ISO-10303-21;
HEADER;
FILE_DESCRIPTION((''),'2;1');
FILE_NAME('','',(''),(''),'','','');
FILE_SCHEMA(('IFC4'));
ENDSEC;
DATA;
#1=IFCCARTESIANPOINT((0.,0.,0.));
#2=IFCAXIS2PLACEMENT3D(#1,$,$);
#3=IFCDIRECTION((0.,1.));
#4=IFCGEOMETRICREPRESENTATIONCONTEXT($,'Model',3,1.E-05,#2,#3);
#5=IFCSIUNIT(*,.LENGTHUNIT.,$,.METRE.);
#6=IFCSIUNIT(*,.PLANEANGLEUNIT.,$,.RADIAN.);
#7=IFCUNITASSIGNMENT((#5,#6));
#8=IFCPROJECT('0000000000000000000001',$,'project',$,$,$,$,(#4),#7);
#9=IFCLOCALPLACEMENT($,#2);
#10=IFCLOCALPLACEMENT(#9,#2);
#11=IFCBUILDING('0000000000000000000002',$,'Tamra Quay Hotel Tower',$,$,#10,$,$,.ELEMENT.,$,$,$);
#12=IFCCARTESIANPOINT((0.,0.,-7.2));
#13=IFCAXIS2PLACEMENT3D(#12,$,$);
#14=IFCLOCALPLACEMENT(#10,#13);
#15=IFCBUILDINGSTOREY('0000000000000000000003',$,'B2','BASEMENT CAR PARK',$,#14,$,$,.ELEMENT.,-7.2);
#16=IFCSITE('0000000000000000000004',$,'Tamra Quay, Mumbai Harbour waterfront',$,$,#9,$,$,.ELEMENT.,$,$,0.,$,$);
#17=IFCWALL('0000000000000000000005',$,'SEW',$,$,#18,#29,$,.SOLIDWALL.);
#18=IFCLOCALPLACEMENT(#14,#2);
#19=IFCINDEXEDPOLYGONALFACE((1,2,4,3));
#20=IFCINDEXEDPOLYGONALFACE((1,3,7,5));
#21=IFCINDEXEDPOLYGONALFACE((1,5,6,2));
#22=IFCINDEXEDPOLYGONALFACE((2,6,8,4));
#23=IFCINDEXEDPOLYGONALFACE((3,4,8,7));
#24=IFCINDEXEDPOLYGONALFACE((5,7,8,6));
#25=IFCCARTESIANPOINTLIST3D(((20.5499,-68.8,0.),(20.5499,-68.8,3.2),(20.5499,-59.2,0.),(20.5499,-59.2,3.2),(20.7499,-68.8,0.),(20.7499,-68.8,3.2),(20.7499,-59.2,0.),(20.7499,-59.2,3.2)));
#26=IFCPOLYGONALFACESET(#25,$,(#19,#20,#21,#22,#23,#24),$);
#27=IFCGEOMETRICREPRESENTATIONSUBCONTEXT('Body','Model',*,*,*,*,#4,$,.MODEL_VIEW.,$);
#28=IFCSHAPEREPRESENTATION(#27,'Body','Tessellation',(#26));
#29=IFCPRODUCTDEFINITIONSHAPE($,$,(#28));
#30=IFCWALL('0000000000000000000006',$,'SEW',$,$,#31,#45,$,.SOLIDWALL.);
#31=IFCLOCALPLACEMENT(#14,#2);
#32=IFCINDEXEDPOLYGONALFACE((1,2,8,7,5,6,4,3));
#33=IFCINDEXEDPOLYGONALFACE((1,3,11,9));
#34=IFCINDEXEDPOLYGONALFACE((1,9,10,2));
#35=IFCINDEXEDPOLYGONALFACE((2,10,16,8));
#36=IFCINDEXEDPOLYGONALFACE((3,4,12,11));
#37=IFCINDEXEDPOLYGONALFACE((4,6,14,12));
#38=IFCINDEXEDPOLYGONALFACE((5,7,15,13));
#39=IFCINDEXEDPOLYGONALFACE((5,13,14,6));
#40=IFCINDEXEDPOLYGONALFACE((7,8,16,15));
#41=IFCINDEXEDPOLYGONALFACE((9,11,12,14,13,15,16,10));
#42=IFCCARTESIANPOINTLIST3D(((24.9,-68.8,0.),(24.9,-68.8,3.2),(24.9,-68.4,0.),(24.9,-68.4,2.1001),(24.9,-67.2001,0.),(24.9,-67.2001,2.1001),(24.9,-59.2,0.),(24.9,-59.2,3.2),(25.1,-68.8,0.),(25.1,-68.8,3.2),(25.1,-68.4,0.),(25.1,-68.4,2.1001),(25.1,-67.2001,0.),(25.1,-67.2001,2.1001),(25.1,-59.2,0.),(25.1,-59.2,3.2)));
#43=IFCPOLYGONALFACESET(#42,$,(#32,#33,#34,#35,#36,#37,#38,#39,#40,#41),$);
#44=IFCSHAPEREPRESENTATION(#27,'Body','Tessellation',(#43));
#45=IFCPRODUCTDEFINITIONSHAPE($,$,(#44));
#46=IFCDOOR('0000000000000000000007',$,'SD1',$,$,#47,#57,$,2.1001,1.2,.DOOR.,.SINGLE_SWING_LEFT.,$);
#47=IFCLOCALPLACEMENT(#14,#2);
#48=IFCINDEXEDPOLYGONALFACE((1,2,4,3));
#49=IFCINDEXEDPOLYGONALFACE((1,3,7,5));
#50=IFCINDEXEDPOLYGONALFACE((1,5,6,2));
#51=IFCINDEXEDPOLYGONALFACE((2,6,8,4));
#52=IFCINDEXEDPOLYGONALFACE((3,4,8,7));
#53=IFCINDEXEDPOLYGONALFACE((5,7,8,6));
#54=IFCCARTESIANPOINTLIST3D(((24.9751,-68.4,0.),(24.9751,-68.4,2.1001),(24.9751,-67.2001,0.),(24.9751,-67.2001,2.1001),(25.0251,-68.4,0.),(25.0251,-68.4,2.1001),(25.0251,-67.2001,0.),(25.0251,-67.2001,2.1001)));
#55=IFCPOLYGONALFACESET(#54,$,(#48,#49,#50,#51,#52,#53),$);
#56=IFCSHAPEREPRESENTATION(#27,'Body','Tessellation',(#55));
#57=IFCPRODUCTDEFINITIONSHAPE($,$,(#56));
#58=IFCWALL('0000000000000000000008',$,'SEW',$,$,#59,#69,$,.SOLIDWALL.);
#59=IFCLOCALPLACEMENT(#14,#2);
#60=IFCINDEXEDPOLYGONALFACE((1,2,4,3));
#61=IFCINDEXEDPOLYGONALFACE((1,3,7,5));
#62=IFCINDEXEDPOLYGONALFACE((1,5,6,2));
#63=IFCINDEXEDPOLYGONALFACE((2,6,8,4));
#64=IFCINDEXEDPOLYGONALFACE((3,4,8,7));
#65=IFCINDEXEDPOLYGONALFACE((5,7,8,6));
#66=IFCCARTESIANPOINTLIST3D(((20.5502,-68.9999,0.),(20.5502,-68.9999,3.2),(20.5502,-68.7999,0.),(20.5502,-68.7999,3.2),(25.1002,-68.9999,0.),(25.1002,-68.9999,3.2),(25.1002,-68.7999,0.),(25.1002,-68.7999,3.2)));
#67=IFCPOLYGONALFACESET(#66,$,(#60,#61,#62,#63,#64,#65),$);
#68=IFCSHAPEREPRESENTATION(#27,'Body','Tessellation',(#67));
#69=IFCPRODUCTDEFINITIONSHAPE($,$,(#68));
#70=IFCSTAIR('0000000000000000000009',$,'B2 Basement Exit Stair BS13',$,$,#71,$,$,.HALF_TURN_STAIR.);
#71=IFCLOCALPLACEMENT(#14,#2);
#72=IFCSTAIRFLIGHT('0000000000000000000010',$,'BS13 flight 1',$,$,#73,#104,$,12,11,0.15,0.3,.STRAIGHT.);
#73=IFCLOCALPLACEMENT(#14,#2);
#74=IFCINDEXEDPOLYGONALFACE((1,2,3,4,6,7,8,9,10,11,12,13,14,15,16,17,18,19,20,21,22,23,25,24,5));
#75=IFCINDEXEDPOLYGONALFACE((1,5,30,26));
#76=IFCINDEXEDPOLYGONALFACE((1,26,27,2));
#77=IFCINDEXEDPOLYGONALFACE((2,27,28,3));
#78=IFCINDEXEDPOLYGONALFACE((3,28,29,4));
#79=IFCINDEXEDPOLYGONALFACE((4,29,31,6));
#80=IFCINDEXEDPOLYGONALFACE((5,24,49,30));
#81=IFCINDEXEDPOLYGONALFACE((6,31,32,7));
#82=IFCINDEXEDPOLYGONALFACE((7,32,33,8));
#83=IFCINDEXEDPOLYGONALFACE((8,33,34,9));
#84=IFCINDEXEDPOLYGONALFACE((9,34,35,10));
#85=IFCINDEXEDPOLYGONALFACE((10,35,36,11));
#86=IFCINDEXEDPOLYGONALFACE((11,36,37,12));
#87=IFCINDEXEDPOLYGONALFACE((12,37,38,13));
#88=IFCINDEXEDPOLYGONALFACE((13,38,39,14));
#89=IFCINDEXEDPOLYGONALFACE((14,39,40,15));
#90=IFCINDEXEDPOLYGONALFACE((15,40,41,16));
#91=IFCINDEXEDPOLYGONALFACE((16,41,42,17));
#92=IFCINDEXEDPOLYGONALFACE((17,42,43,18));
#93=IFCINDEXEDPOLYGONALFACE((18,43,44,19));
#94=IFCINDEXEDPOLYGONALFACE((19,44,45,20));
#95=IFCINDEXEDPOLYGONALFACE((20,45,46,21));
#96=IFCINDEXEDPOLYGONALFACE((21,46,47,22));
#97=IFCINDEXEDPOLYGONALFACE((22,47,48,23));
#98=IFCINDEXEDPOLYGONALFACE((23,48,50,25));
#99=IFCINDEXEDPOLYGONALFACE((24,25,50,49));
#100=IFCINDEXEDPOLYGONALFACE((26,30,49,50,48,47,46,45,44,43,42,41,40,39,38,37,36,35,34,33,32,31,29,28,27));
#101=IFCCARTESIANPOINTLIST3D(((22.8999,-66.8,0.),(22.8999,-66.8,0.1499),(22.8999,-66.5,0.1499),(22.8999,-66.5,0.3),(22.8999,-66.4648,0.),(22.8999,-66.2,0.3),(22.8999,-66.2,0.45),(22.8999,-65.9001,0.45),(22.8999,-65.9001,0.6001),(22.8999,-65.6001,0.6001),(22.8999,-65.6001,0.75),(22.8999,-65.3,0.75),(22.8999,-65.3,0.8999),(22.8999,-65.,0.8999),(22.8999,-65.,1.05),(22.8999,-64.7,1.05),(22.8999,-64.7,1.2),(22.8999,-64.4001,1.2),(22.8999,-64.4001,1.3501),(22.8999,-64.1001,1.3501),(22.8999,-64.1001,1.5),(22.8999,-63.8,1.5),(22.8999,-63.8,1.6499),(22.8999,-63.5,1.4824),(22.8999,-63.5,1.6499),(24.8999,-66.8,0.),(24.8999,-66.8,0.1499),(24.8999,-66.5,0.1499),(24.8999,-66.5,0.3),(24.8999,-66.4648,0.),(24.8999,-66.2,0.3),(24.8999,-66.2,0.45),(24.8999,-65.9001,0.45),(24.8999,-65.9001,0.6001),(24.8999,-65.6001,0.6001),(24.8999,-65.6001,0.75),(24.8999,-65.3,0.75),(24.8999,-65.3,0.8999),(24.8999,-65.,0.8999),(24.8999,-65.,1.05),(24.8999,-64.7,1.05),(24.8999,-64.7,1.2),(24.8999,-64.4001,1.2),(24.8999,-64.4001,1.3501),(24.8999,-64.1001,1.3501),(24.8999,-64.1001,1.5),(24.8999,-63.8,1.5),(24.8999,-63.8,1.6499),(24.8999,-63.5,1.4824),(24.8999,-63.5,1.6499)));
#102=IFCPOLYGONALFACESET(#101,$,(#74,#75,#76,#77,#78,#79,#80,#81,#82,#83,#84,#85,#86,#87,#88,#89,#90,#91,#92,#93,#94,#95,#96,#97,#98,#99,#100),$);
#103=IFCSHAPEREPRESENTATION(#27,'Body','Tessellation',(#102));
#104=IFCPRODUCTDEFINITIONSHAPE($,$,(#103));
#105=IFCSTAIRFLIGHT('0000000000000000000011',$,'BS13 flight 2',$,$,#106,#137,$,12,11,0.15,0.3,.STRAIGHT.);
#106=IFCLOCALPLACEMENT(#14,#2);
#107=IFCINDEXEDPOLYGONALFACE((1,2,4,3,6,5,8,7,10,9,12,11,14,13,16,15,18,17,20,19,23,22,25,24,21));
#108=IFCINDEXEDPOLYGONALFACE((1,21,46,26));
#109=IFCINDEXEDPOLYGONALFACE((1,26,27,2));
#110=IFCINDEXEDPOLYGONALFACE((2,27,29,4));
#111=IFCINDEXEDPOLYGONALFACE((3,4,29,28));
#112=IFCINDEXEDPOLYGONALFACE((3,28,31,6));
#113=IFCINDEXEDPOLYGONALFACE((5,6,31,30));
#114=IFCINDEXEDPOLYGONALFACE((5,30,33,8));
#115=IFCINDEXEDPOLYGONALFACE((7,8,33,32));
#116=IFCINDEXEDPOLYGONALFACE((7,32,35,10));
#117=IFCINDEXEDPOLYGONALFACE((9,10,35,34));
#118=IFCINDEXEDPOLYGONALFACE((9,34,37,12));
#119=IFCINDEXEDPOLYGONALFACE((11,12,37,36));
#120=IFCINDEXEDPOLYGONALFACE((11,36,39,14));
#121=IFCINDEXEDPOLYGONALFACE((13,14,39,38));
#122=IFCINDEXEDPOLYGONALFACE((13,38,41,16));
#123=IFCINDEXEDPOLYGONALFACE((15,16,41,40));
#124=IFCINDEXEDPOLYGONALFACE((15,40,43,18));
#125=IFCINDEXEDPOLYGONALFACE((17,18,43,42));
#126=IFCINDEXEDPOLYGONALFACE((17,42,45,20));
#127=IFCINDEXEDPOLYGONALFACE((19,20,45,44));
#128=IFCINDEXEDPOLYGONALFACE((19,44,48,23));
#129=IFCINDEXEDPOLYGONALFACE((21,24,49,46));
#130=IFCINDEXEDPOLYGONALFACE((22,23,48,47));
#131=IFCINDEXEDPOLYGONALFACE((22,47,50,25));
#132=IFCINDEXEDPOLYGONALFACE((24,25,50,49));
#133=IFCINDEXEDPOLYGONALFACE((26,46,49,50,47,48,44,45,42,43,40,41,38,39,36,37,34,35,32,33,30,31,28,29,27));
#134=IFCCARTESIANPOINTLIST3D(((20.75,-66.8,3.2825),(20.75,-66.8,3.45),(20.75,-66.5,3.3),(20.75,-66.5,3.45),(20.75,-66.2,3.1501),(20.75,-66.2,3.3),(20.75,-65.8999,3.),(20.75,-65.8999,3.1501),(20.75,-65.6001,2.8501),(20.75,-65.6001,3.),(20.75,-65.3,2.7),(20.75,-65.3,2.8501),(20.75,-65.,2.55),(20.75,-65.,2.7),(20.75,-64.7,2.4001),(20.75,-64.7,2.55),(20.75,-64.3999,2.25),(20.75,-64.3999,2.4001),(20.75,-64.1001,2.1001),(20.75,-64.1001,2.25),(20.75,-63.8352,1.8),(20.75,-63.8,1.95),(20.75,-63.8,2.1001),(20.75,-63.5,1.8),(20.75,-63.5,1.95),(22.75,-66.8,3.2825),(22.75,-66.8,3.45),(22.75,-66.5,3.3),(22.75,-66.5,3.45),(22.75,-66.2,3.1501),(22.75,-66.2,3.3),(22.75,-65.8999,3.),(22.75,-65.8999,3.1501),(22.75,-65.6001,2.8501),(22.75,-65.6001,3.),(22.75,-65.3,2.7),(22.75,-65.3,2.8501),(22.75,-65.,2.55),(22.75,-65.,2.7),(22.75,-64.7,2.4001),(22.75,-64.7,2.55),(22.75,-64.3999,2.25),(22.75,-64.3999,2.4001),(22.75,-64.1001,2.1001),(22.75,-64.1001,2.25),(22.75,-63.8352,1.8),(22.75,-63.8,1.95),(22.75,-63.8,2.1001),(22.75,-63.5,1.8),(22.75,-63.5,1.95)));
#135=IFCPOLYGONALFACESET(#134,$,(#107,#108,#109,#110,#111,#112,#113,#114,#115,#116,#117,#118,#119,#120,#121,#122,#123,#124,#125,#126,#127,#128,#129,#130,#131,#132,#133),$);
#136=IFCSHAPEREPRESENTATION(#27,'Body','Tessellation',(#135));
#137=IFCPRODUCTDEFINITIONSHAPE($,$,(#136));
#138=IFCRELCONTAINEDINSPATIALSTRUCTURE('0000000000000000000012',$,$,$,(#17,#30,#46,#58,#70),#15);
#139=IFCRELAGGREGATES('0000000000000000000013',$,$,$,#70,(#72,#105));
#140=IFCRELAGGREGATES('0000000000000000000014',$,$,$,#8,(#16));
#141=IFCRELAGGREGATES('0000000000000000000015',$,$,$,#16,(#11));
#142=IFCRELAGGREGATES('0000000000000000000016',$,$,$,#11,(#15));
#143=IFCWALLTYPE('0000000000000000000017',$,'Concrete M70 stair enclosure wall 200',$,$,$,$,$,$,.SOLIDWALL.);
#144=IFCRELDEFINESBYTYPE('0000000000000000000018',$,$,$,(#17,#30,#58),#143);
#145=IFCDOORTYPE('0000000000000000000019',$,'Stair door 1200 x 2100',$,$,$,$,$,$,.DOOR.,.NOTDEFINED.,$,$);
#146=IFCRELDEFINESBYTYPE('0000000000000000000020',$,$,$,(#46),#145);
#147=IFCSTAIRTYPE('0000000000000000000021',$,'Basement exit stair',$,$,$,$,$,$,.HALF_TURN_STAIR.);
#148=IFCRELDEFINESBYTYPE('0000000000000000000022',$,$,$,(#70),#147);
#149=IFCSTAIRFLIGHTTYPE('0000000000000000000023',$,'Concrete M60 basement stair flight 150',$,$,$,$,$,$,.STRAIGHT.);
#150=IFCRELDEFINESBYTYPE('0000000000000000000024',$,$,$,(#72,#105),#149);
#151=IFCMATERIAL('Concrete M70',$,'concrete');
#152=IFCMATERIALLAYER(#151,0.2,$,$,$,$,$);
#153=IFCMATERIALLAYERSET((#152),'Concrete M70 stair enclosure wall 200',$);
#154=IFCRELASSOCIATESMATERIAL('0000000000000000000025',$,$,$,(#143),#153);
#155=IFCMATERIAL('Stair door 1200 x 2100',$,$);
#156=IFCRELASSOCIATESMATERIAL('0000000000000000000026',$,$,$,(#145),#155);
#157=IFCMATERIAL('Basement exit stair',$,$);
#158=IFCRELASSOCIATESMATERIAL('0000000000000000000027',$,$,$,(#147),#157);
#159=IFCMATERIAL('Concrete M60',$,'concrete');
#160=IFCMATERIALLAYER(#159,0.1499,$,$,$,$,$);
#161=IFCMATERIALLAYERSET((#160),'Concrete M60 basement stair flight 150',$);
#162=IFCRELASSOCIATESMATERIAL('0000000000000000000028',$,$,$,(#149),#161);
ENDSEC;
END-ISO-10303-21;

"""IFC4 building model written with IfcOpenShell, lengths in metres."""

from ifc_helpers import new_model, si_unit, direction, frame, frame_2d, origin, place, context, subcontext, project, spatial, polyline, rectangle, outline, extrude, material, layer, layer_set, type_object, element, fill, aggregate, save


model = new_model("IFC4")

# Units and contexts
model_context = context("Model", 3, precision=1e-05, world=origin(), true_north=direction((0.0, 1.0)))
body_context = subcontext(model_context, "Body", "Model", "MODEL_VIEW")
ifc_project = project(units=[si_unit("LENGTHUNIT", "METRE"), si_unit("PLANEANGLEUNIT", "RADIAN")], contexts=[model_context])

# Site, building, storey
site_placement = place(None, origin())
site = spatial("IfcSite", under=ifc_project, at=site_placement, Name="Tamra Quay, Mumbai Harbour waterfront", CompositionType="ELEMENT", RefElevation=0.0)
building_placement = place(site_placement, origin())
building = spatial("IfcBuilding", under=site, at=building_placement, Name="Tamra Quay Hotel Tower", CompositionType="ELEMENT")
storey_placement = place(building_placement, frame((0.0, 0.0, -7.2)))
storey = spatial("IfcBuildingStorey", under=building, at=storey_placement, Name="B2", Description="BASEMENT CAR PARK", CompositionType="ELEMENT", Elevation=-7.2)

# Shared definitions
ifc_material_1 = material(Name="Concrete M70", Category="concrete")

# Wall
ifc_layer_1 = layer(ifc_material_1, 0.2)
ifc_layer_set_1 = layer_set([ifc_layer_1], Name="Concrete M70 stair enclosure wall 200")
wall_type_1 = type_object("IfcWallType", Name="Concrete M70 stair enclosure wall 200", PredefinedType="SOLIDWALL", material=ifc_layer_set_1)
wall_1_placement = place(storey_placement, frame((20.6499, -68.8, 0.0), z_axis=(0.0, 0.0, 1.0), x_axis=(0.0, 1.0, 0.0)))
element("IfcWall", 1, at=wall_1_placement, inside=storey, type_object=wall_type_1, Name="SEW", PredefinedType="SOLIDWALL", context=body_context, shape_type="SweptSolid", body=[
    extrude(rectangle(XDim=9.6001, YDim=0.2, at=frame_2d((4.8, 0.0))), origin(), (0.0, 0.0, 1.0), 3.2),
])

# Wall, opening, door
wall_2_placement = place(storey_placement, frame((25.0, -68.8, 0.0), z_axis=(0.0, 0.0, 1.0), x_axis=(0.0, 1.0, 0.0)))
wall_2 = element("IfcWall", 2, at=wall_2_placement, inside=storey, type_object=wall_type_1, Name="SEW", PredefinedType="SOLIDWALL", context=body_context, shape_type="SweptSolid", body=[
    extrude(rectangle(XDim=9.6001, YDim=0.2, at=frame_2d((4.8, 0.0))), origin(), (0.0, 0.0, 1.0), 3.2),
])
opening_1_placement = place(wall_2_placement, frame((0.3999, 0.0, 0.0)))
opening_1 = element("IfcOpeningElement", 3, at=opening_1_placement, cuts=wall_2, PredefinedType="OPENING", context=body_context, shape_type="SweptSolid", body=[
    extrude(rectangle(XDim=1.2, YDim=2.1001, at=frame_2d((0.6001, 1.05))), frame((0.0, 0.1099, 0.0), z_axis=(0.0, -1.0, 0.0), x_axis=(1.0, 0.0, 0.0)), (0.0, 0.0, 1.0), 0.22),
])
ifc_material_2 = material(Name="Stair door 1200 x 2100")
door_type_1 = type_object("IfcDoorType", Name="Stair door 1200 x 2100", OperationType="NOTDEFINED", PredefinedType="DOOR", material=ifc_material_2)
door_1_placement = place(opening_1_placement, origin())
door_1 = element("IfcDoor", 4, at=door_1_placement, inside=storey, type_object=door_type_1, Name="SD1", OperationType="SINGLE_SWING_LEFT", OverallHeight=2.1001, OverallWidth=1.2, PredefinedType="DOOR", context=body_context, shape_type="SweptSolid", body=[
    extrude(rectangle(XDim=1.2, YDim=2.1001, at=frame_2d((0.6001, 1.05))), frame((0.0, 0.0249, 0.0), z_axis=(0.0, -1.0, 0.0), x_axis=(1.0, 0.0, 0.0)), (0.0, 0.0, 1.0), 0.05),
])
fill(opening_1, door_1)

# Wall
wall_3_placement = place(storey_placement, frame((25.1001, -68.8999, 0.0), z_axis=(0.0, 0.0, 1.0), x_axis=(-1.0, 0.0, 0.0)))
element("IfcWall", 5, at=wall_3_placement, inside=storey, type_object=wall_type_1, Name="SEW", PredefinedType="SOLIDWALL", context=body_context, shape_type="SweptSolid", body=[
    extrude(rectangle(XDim=4.55, YDim=0.2, at=frame_2d((2.2749, 0.0))), origin(), (0.0, 0.0, 1.0), 3.2),
])

# Stair, stair flights
ifc_material_3 = material(Name="Basement exit stair")
stair_type = type_object("IfcStairType", Name="Basement exit stair", PredefinedType="HALF_TURN_STAIR", material=ifc_material_3)
stair_placement = place(storey_placement, origin())
stair = element("IfcStair", 6, at=stair_placement, inside=storey, type_object=stair_type, Name="B2 Basement Exit Stair BS13", PredefinedType="HALF_TURN_STAIR")
ifc_material_4 = material(Name="Concrete M60", Category="concrete")
ifc_layer_2 = layer(ifc_material_4, 0.1499)
ifc_layer_set_2 = layer_set([ifc_layer_2], Name="Concrete M60 basement stair flight 150")
stair_flight_type = type_object("IfcStairFlightType", Name="Concrete M60 basement stair flight 150", PredefinedType="STRAIGHT", material=ifc_layer_set_2)
stair_flight_1_placement = place(storey_placement, frame((23.8999, -66.8, 0.0), z_axis=(0.0, 0.0, 1.0), x_axis=(0.0, 1.0, 0.0)))
stair_flight_1 = element("IfcStairFlight", 7, at=stair_flight_1_placement, type_object=stair_flight_type, Name="BS13 flight 1", NumberOfRisers=12, NumberOfTreads=11, PredefinedType="STRAIGHT", RiserHeight=0.15, TreadLength=0.3, context=body_context, shape_type="SweptSolid", body=[
    extrude(outline(polyline([(0.0, 0.0), (0.0, 0.1499), (0.3, 0.1499), (0.3, 0.3), (0.6001, 0.3), (0.6001, 0.45), (0.8999, 0.45), (0.8999, 0.6001), (1.2, 0.6001), (1.2, 0.75), (1.5, 0.75), (1.5, 0.8999), (1.8, 0.8999), (1.8, 1.05), (2.1001, 1.05), (2.1001, 1.2), (2.3999, 1.2), (2.3999, 1.3501), (2.7, 1.3501), (2.7, 1.5), (3.0, 1.5), (3.0, 1.6499), (3.3, 1.6499), (3.3, 1.8), (3.3, 1.4824), (0.3352, 0.0), (0.0, 0.0)])), frame((0.0, 1.0, 0.0), z_axis=(0.0, -1.0, 0.0), x_axis=(1.0, 0.0, 0.0)), (0.0, 0.0, 1.0), 2.0),
])
stair_flight_2_placement = place(storey_placement, frame((21.75, -63.5, 1.8), z_axis=(0.0, 0.0, 1.0), x_axis=(0.0, -1.0, 0.0)))
stair_flight_2 = element("IfcStairFlight", 8, at=stair_flight_2_placement, type_object=stair_flight_type, Name="BS13 flight 2", NumberOfRisers=12, NumberOfTreads=11, PredefinedType="STRAIGHT", RiserHeight=0.15, TreadLength=0.3, context=body_context, shape_type="SweptSolid", body=[
    extrude(outline(polyline([(0.0, 0.0), (0.0, 0.1499), (0.3, 0.1499), (0.3, 0.3), (0.6001, 0.3), (0.6001, 0.45), (0.8999, 0.45), (0.8999, 0.6001), (1.2, 0.6001), (1.2, 0.75), (1.5, 0.75), (1.5, 0.8999), (1.8, 0.8999), (1.8, 1.05), (2.1001, 1.05), (2.1001, 1.2), (2.3999, 1.2), (2.3999, 1.3501), (2.7, 1.3501), (2.7, 1.5), (3.0, 1.5), (3.0, 1.6499), (3.3, 1.6499), (3.3, 1.8), (3.3, 1.4824), (0.3352, 0.0), (0.0, 0.0)])), frame((0.0, 1.0, 0.0), z_axis=(0.0, -1.0, 0.0), x_axis=(1.0, 0.0, 0.0)), (0.0, 0.0, 1.0), 2.0),
])
aggregate(stair, [stair_flight_1, stair_flight_2])

save(model, "model.ifc")
